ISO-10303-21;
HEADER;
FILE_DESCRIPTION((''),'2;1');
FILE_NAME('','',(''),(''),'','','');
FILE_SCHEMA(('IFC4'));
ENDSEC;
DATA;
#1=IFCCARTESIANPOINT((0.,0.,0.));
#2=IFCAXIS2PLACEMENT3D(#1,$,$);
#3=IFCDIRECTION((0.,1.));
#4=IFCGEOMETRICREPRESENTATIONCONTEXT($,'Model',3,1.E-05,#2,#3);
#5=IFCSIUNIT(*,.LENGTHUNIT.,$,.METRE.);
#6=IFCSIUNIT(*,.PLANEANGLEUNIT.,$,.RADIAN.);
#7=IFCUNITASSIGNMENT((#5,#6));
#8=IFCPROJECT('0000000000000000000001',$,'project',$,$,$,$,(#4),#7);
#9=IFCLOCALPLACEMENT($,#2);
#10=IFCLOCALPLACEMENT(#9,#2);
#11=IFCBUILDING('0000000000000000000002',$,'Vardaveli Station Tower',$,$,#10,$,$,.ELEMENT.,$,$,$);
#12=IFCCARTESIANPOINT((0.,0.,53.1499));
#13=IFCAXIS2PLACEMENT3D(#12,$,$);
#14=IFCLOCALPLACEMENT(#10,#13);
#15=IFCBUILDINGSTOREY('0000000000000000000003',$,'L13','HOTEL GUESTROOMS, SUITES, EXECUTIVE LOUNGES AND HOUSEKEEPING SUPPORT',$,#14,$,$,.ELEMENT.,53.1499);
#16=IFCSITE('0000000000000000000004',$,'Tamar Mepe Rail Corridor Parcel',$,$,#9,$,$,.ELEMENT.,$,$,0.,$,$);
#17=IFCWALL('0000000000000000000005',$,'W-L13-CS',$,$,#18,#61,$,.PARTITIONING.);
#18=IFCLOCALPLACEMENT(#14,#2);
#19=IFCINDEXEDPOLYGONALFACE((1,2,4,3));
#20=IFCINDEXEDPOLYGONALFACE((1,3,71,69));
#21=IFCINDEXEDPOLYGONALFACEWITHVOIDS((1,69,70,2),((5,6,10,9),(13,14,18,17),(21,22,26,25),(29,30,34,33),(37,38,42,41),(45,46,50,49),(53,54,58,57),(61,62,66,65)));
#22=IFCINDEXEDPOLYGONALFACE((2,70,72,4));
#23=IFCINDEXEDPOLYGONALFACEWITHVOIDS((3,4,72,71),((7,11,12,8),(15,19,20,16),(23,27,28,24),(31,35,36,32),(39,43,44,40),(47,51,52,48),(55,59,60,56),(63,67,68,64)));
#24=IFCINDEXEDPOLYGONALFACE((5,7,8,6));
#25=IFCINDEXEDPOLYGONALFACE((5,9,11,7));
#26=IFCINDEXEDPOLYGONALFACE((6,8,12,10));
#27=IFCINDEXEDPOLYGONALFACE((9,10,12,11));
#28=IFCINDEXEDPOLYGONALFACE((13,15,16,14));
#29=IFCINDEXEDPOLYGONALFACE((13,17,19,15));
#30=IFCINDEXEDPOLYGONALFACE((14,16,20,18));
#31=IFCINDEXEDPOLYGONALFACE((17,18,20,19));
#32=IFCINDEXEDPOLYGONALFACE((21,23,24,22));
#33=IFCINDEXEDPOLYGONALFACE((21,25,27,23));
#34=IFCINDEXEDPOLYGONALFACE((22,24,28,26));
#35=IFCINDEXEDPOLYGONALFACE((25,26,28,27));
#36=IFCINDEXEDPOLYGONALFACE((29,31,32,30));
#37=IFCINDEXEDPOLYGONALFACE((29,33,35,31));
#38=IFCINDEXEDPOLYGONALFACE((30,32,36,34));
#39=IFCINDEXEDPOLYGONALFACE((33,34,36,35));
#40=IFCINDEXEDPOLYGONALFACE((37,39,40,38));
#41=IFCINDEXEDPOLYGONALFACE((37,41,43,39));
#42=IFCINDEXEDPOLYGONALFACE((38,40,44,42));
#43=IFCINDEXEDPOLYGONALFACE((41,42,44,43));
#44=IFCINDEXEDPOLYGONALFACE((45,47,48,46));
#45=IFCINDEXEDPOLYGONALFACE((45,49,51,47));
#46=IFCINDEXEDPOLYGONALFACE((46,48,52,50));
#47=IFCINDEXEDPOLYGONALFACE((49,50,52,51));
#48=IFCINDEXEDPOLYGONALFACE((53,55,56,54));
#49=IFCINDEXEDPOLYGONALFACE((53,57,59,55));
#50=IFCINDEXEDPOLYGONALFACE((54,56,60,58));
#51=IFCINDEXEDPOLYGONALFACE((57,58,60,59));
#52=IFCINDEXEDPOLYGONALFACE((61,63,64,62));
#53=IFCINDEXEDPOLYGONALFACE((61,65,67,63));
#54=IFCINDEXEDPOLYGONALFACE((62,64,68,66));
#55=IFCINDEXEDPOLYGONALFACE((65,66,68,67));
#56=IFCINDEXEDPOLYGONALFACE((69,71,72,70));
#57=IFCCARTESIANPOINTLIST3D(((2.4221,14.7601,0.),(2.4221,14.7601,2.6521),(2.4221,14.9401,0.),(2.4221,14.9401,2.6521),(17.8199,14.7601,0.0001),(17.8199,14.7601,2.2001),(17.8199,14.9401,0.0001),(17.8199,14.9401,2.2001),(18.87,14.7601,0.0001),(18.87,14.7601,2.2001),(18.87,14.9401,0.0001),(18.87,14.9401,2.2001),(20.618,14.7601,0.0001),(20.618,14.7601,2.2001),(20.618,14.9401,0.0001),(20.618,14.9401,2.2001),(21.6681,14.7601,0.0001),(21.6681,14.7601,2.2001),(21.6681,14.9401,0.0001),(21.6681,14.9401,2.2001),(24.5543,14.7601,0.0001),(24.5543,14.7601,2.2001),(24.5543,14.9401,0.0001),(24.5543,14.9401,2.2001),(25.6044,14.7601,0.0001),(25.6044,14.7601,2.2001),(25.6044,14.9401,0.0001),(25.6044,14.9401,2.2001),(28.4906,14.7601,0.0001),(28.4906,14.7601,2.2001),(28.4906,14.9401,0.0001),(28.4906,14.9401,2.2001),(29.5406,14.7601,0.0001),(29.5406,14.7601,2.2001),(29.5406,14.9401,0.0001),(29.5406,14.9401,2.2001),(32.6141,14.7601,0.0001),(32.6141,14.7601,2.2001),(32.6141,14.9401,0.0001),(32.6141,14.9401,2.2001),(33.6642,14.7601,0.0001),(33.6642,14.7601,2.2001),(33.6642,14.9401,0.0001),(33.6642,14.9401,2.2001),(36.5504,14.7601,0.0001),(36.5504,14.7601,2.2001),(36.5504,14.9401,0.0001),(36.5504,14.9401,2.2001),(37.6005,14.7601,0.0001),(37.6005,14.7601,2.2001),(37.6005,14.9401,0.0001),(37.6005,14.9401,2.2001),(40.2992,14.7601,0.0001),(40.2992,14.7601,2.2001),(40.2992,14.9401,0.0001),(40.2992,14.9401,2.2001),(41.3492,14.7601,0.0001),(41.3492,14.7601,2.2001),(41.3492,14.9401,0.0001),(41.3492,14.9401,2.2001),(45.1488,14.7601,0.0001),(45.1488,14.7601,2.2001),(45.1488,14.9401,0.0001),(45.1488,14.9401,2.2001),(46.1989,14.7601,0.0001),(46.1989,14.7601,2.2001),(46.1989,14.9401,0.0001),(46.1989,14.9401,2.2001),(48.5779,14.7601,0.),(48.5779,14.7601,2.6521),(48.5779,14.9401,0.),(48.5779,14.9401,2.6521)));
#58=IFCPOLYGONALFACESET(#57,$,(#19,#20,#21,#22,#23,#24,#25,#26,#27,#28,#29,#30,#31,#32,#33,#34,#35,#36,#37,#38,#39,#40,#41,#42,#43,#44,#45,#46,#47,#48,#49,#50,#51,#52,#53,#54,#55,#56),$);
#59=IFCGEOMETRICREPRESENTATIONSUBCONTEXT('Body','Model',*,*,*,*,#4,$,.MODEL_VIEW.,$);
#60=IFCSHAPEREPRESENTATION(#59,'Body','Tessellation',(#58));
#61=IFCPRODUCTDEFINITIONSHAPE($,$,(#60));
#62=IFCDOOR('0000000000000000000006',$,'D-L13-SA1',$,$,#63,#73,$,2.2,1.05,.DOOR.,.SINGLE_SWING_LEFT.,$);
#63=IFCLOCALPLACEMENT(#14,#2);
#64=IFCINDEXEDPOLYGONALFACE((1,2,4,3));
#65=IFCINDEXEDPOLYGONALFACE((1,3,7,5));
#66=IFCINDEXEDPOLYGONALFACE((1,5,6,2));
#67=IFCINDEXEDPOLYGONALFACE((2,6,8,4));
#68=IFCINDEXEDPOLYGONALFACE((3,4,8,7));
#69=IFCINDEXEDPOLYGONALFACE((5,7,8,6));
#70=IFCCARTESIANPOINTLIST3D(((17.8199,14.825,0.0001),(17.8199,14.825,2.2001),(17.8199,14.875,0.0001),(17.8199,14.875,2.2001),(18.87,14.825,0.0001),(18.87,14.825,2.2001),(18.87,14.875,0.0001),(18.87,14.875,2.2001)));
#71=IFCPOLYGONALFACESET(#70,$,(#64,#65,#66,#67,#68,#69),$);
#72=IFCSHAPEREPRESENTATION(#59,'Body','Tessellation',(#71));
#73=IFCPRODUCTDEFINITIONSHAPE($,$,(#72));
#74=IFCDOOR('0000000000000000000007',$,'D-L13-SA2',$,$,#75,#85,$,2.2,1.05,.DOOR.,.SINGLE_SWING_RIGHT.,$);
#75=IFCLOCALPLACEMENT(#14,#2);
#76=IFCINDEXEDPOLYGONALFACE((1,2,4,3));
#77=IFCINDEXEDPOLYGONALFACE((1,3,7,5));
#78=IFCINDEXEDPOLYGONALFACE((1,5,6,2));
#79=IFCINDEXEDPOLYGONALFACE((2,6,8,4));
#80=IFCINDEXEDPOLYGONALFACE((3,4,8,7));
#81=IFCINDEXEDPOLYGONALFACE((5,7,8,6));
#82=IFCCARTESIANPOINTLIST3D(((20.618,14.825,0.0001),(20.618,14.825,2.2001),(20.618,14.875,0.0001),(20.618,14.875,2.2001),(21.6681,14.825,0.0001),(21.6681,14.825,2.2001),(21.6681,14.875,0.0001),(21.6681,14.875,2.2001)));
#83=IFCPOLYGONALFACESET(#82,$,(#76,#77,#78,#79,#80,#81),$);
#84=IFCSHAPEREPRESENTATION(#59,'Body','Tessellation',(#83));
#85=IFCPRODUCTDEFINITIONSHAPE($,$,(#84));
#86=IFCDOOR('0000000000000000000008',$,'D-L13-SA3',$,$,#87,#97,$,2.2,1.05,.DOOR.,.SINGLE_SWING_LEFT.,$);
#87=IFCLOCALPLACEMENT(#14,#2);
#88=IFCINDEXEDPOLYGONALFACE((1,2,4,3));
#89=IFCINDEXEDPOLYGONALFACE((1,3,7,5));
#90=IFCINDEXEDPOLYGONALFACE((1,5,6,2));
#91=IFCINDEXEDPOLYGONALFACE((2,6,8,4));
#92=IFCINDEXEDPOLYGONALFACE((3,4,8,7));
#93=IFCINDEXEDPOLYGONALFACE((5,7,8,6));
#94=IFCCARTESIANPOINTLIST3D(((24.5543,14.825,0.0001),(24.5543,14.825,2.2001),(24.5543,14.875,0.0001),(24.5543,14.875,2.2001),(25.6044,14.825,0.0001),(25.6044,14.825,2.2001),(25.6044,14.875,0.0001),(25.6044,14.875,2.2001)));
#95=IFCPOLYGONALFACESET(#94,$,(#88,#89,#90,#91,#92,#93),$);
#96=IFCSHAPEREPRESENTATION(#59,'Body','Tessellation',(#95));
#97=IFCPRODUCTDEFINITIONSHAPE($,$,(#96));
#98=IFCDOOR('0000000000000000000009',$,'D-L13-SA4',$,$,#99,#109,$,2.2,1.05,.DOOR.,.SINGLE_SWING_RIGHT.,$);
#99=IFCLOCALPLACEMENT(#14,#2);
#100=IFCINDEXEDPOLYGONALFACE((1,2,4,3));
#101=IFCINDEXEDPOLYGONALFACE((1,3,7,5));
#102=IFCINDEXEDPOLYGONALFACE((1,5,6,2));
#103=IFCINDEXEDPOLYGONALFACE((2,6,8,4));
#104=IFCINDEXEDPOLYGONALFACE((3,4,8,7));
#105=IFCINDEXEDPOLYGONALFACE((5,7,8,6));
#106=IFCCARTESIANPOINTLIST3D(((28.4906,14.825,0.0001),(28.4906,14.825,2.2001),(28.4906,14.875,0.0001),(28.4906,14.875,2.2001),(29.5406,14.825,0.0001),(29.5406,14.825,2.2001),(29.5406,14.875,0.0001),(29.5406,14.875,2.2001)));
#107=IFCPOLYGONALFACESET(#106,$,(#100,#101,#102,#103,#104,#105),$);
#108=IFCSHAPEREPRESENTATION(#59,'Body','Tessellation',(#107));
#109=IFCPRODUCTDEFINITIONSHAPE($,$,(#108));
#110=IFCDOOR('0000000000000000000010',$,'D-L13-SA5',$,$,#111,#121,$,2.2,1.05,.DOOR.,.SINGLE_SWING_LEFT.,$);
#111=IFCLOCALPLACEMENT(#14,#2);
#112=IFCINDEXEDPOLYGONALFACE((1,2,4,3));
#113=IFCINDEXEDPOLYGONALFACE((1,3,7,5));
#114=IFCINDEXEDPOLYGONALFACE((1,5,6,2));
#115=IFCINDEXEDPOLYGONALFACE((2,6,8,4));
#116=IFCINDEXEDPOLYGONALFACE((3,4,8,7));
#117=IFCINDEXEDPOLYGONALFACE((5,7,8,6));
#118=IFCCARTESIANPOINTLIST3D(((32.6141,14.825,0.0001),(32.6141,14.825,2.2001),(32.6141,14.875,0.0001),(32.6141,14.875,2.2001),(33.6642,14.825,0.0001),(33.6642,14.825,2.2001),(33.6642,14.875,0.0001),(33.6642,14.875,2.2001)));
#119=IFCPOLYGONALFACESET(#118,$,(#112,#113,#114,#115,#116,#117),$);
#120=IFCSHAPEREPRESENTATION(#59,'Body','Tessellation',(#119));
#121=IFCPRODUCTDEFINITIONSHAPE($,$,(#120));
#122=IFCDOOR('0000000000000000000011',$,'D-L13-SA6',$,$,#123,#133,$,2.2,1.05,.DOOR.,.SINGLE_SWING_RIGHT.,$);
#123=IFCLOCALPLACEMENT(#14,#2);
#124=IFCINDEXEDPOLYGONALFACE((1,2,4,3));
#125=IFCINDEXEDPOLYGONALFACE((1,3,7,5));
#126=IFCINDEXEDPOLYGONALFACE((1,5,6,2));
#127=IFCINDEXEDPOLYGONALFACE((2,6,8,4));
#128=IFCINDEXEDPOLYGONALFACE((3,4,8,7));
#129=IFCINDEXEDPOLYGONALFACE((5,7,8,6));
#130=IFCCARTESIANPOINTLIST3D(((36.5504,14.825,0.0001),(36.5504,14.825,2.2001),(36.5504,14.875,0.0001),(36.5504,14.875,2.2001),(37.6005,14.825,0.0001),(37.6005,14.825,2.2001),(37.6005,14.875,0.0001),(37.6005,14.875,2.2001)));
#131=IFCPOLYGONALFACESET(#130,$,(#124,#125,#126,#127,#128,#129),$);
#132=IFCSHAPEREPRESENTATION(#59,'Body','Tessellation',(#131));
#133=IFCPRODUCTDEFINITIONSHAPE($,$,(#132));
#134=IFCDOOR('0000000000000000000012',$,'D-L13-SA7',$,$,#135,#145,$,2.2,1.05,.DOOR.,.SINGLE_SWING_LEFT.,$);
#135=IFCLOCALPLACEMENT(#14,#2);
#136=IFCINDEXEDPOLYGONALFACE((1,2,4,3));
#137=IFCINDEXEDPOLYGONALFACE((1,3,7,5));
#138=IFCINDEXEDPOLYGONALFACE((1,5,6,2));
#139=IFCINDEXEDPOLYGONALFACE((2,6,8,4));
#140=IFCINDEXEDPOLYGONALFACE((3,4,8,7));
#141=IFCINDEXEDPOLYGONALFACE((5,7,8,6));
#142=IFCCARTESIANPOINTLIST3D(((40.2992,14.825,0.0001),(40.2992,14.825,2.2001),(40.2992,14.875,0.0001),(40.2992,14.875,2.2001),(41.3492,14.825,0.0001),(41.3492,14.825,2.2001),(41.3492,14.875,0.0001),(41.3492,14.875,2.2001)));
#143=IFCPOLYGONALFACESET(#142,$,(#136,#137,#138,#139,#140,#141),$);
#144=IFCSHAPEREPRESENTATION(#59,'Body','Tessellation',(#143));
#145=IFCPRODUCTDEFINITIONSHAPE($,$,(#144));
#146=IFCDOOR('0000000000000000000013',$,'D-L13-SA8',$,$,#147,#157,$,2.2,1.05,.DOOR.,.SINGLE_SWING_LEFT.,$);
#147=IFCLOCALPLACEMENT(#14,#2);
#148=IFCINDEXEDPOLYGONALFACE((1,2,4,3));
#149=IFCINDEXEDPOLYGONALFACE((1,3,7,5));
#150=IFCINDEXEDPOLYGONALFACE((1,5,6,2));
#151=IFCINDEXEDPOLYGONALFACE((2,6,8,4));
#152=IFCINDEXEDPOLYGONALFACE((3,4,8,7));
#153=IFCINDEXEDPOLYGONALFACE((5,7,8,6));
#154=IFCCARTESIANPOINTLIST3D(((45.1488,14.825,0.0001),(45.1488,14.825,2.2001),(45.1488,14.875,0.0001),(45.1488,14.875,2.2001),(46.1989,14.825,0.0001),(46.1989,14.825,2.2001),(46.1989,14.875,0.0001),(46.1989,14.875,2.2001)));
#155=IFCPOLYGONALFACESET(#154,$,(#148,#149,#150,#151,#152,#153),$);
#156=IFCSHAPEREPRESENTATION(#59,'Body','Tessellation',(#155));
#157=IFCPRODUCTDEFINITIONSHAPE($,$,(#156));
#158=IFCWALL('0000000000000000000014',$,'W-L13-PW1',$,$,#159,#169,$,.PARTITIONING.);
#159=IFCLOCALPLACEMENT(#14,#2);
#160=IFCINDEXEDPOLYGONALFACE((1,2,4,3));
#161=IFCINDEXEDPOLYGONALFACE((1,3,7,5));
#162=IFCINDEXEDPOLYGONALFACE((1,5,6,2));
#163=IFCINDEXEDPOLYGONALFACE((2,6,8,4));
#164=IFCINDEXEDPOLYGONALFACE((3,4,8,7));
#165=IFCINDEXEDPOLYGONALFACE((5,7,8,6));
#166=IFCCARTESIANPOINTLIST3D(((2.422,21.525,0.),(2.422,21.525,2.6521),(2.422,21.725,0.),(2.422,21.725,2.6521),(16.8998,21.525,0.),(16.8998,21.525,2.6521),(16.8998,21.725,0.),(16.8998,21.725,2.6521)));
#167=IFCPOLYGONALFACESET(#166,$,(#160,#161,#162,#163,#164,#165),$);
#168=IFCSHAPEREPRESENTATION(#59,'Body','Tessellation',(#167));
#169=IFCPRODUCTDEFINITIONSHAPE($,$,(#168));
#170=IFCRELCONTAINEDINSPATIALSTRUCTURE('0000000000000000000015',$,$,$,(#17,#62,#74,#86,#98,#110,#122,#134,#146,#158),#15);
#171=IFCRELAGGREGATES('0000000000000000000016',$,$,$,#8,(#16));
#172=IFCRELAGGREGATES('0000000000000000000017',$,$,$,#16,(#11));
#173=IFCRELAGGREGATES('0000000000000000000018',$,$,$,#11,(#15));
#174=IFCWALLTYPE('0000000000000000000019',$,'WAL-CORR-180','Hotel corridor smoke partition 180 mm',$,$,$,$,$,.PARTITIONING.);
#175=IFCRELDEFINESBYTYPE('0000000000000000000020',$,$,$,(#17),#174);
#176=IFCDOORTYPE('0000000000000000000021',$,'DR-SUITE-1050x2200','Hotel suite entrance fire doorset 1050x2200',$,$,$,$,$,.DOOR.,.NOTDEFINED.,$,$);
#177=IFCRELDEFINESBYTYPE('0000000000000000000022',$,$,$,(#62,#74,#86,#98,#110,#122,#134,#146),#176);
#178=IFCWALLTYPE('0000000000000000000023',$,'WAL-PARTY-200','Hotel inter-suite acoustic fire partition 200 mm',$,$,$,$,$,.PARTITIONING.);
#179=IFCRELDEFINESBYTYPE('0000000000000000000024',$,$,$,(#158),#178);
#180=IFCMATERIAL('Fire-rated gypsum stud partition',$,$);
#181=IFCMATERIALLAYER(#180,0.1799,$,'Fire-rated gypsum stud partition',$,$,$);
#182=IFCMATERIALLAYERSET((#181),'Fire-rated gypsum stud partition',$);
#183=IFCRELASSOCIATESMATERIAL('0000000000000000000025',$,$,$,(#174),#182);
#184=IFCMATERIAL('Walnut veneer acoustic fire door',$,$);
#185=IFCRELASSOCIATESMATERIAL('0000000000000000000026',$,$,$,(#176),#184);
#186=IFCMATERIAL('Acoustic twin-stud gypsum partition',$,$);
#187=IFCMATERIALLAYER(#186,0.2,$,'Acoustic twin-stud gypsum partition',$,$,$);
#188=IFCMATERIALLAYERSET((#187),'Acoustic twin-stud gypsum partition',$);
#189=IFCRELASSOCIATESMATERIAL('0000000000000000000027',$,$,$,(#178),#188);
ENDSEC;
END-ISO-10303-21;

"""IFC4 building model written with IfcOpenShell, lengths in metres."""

from ifc_helpers import new_model, si_unit, direction, frame, frame_2d, origin, place, context, subcontext, project, spatial, rectangle, extrude, source, transform, mapped, material, layer, layer_set, type_object, element, fill, save


model = new_model("IFC4")

# Units and contexts
model_context = context("Model", 3, precision=1e-05, world=origin(), true_north=direction((0.0, 1.0)))
body_context = subcontext(model_context, "Body", "Model", "MODEL_VIEW")
ifc_project = project(units=[si_unit("LENGTHUNIT", "METRE"), si_unit("PLANEANGLEUNIT", "RADIAN")], contexts=[model_context])

# Site, building, storey
site_placement = place(None, origin())
site = spatial("IfcSite", under=ifc_project, at=site_placement, Name="Tamar Mepe Rail Corridor Parcel", CompositionType="ELEMENT", RefElevation=0.0)
building_placement = place(site_placement, origin())
building = spatial("IfcBuilding", under=site, at=building_placement, Name="Vardaveli Station Tower", CompositionType="ELEMENT")
storey_placement = place(building_placement, frame((0.0, 0.0, 53.1499)))
storey = spatial("IfcBuildingStorey", under=building, at=storey_placement, Name="L13", Description="HOTEL GUESTROOMS, SUITES, EXECUTIVE LOUNGES AND HOUSEKEEPING SUPPORT", CompositionType="ELEMENT", Elevation=53.1499)

# Wall, openings, doors
ifc_material_1 = material(Name="Fire-rated gypsum stud partition")
ifc_layer_1 = layer(ifc_material_1, 0.1799, Name="Fire-rated gypsum stud partition")
ifc_layer_set_1 = layer_set([ifc_layer_1], Name="Fire-rated gypsum stud partition")
wall_type_1 = type_object("IfcWallType", Name="WAL-CORR-180", Description="Hotel corridor smoke partition 180 mm", PredefinedType="PARTITIONING", material=ifc_layer_set_1)
shared_shape_1 = source(origin(), body_context, "Body", "SweptSolid", [
    extrude(rectangle(XDim=46.1558, YDim=0.1799, at=frame_2d((23.0779, 0.0))), origin(), (0.0, 0.0, 1.0), 2.6521),
])
wall_1_placement = place(storey_placement, frame((2.4221, 14.8501, 0.0), z_axis=(0.0, 0.0, 1.0), x_axis=(1.0, 0.0, 0.0)))
wall_1 = element("IfcWall", 1, at=wall_1_placement, inside=storey, type_object=wall_type_1, Name="W-L13-CS", PredefinedType="PARTITIONING", context=body_context, shape_type="MappedRepresentation", body=[
    mapped(shared_shape_1, transform((0.0, 0.0, 0.0), scale=1.0)),
])
shared_shape_2 = source(origin(), body_context, "Body", "SweptSolid", [
    extrude(rectangle(XDim=1.05, YDim=2.2, at=frame_2d((0.5249, 1.1001))), frame((0.0, 0.1001, 0.0), z_axis=(0.0, -1.0, 0.0), x_axis=(1.0, 0.0, 0.0)), (0.0, 0.0, 1.0), 0.2),
])
opening_1_placement = place(wall_1_placement, frame((15.3979, 0.0, 0.0)))
opening_1 = element("IfcOpeningElement", 2, at=opening_1_placement, cuts=wall_1, PredefinedType="OPENING", context=body_context, shape_type="MappedRepresentation", body=[
    mapped(shared_shape_2, transform((0.0, 0.0, 0.0), scale=1.0)),
])
opening_2_placement = place(wall_1_placement, frame((18.196, 0.0, 0.0)))
opening_2 = element("IfcOpeningElement", 3, at=opening_2_placement, cuts=wall_1, PredefinedType="OPENING", context=body_context, shape_type="MappedRepresentation", body=[
    mapped(shared_shape_2, transform((0.0, 0.0, 0.0), scale=1.0)),
])
opening_3_placement = place(wall_1_placement, frame((22.1323, 0.0, 0.0)))
opening_3 = element("IfcOpeningElement", 4, at=opening_3_placement, cuts=wall_1, PredefinedType="OPENING", context=body_context, shape_type="MappedRepresentation", body=[
    mapped(shared_shape_2, transform((0.0, 0.0, 0.0), scale=1.0)),
])
opening_4_placement = place(wall_1_placement, frame((26.0686, 0.0, 0.0)))
opening_4 = element("IfcOpeningElement", 5, at=opening_4_placement, cuts=wall_1, PredefinedType="OPENING", context=body_context, shape_type="MappedRepresentation", body=[
    mapped(shared_shape_2, transform((0.0, 0.0, 0.0), scale=1.0)),
])
opening_5_placement = place(wall_1_placement, frame((30.1921, 0.0, 0.0)))
opening_5 = element("IfcOpeningElement", 6, at=opening_5_placement, cuts=wall_1, PredefinedType="OPENING", context=body_context, shape_type="MappedRepresentation", body=[
    mapped(shared_shape_2, transform((0.0, 0.0, 0.0), scale=1.0)),
])
opening_6_placement = place(wall_1_placement, frame((34.1284, 0.0, 0.0)))
opening_6 = element("IfcOpeningElement", 7, at=opening_6_placement, cuts=wall_1, PredefinedType="OPENING", context=body_context, shape_type="MappedRepresentation", body=[
    mapped(shared_shape_2, transform((0.0, 0.0, 0.0), scale=1.0)),
])
opening_7_placement = place(wall_1_placement, frame((37.8772, 0.0, 0.0)))
opening_7 = element("IfcOpeningElement", 8, at=opening_7_placement, cuts=wall_1, PredefinedType="OPENING", context=body_context, shape_type="MappedRepresentation", body=[
    mapped(shared_shape_2, transform((0.0, 0.0, 0.0), scale=1.0)),
])
opening_8_placement = place(wall_1_placement, frame((42.7268, 0.0, 0.0)))
opening_8 = element("IfcOpeningElement", 9, at=opening_8_placement, cuts=wall_1, PredefinedType="OPENING", context=body_context, shape_type="MappedRepresentation", body=[
    mapped(shared_shape_2, transform((0.0, 0.0, 0.0), scale=1.0)),
])
ifc_material_2 = material(Name="Walnut veneer acoustic fire door")
door_type_1 = type_object("IfcDoorType", Name="DR-SUITE-1050x2200", Description="Hotel suite entrance fire doorset 1050x2200", OperationType="NOTDEFINED", PredefinedType="DOOR", material=ifc_material_2)
shared_shape_3 = source(origin(), body_context, "Body", "SweptSolid", [
    extrude(rectangle(XDim=1.05, YDim=2.2, at=frame_2d((0.5249, 1.1001))), frame((0.0, 0.0249, 0.0), z_axis=(0.0, -1.0, 0.0), x_axis=(1.0, 0.0, 0.0)), (0.0, 0.0, 1.0), 0.05),
])
door_1_placement = place(opening_1_placement, origin())
door_1 = element("IfcDoor", 10, at=door_1_placement, inside=storey, type_object=door_type_1, Name="D-L13-SA1", OperationType="SINGLE_SWING_LEFT", OverallHeight=2.2, OverallWidth=1.05, PredefinedType="DOOR", context=body_context, shape_type="MappedRepresentation", body=[
    mapped(shared_shape_3, transform((0.0, 0.0, 0.0), scale=1.0)),
])
fill(opening_1, door_1)
door_2_placement = place(opening_2_placement, origin())
door_2 = element("IfcDoor", 11, at=door_2_placement, inside=storey, type_object=door_type_1, Name="D-L13-SA2", OperationType="SINGLE_SWING_RIGHT", OverallHeight=2.2, OverallWidth=1.05, PredefinedType="DOOR", context=body_context, shape_type="MappedRepresentation", body=[
    mapped(shared_shape_3, transform((0.0, 0.0, 0.0), scale=1.0)),
])
fill(opening_2, door_2)
door_3_placement = place(opening_3_placement, origin())
door_3 = element("IfcDoor", 12, at=door_3_placement, inside=storey, type_object=door_type_1, Name="D-L13-SA3", OperationType="SINGLE_SWING_LEFT", OverallHeight=2.2, OverallWidth=1.05, PredefinedType="DOOR", context=body_context, shape_type="MappedRepresentation", body=[
    mapped(shared_shape_3, transform((0.0, 0.0, 0.0), scale=1.0)),
])
fill(opening_3, door_3)
door_4_placement = place(opening_4_placement, origin())
door_4 = element("IfcDoor", 13, at=door_4_placement, inside=storey, type_object=door_type_1, Name="D-L13-SA4", OperationType="SINGLE_SWING_RIGHT", OverallHeight=2.2, OverallWidth=1.05, PredefinedType="DOOR", context=body_context, shape_type="MappedRepresentation", body=[
    mapped(shared_shape_3, transform((0.0, 0.0, 0.0), scale=1.0)),
])
fill(opening_4, door_4)
door_5_placement = place(opening_5_placement, origin())
door_5 = element("IfcDoor", 14, at=door_5_placement, inside=storey, type_object=door_type_1, Name="D-L13-SA5", OperationType="SINGLE_SWING_LEFT", OverallHeight=2.2, OverallWidth=1.05, PredefinedType="DOOR", context=body_context, shape_type="MappedRepresentation", body=[
    mapped(shared_shape_3, transform((0.0, 0.0, 0.0), scale=1.0)),
])
fill(opening_5, door_5)
door_6_placement = place(opening_6_placement, origin())
door_6 = element("IfcDoor", 15, at=door_6_placement, inside=storey, type_object=door_type_1, Name="D-L13-SA6", OperationType="SINGLE_SWING_RIGHT", OverallHeight=2.2, OverallWidth=1.05, PredefinedType="DOOR", context=body_context, shape_type="MappedRepresentation", body=[
    mapped(shared_shape_3, transform((0.0, 0.0, 0.0), scale=1.0)),
])
fill(opening_6, door_6)
door_7_placement = place(opening_7_placement, origin())
door_7 = element("IfcDoor", 16, at=door_7_placement, inside=storey, type_object=door_type_1, Name="D-L13-SA7", OperationType="SINGLE_SWING_LEFT", OverallHeight=2.2, OverallWidth=1.05, PredefinedType="DOOR", context=body_context, shape_type="MappedRepresentation", body=[
    mapped(shared_shape_3, transform((0.0, 0.0, 0.0), scale=1.0)),
])
fill(opening_7, door_7)
door_8_placement = place(opening_8_placement, origin())
door_8 = element("IfcDoor", 17, at=door_8_placement, inside=storey, type_object=door_type_1, Name="D-L13-SA8", OperationType="SINGLE_SWING_LEFT", OverallHeight=2.2, OverallWidth=1.05, PredefinedType="DOOR", context=body_context, shape_type="MappedRepresentation", body=[
    mapped(shared_shape_3, transform((0.0, 0.0, 0.0), scale=1.0)),
])
fill(opening_8, door_8)

# Wall
ifc_material_3 = material(Name="Acoustic twin-stud gypsum partition")
ifc_layer_2 = layer(ifc_material_3, 0.2, Name="Acoustic twin-stud gypsum partition")
ifc_layer_set_2 = layer_set([ifc_layer_2], Name="Acoustic twin-stud gypsum partition")
wall_type_2 = type_object("IfcWallType", Name="WAL-PARTY-200", Description="Hotel inter-suite acoustic fire partition 200 mm", PredefinedType="PARTITIONING", material=ifc_layer_set_2)
shared_shape_4 = source(origin(), body_context, "Body", "SweptSolid", [
    extrude(rectangle(XDim=14.4778, YDim=0.2, at=frame_2d((7.2388, 0.0))), origin(), (0.0, 0.0, 1.0), 2.6521),
])
wall_2_placement = place(storey_placement, frame((2.4221, 21.625, 0.0), z_axis=(0.0, 0.0, 1.0), x_axis=(1.0, 0.0, 0.0)))
element("IfcWall", 18, at=wall_2_placement, inside=storey, type_object=wall_type_2, Name="W-L13-PW1", PredefinedType="PARTITIONING", context=body_context, shape_type="MappedRepresentation", body=[
    mapped(shared_shape_4, transform((0.0, 0.0, 0.0), scale=1.0)),
])

save(model, "model.ifc")
